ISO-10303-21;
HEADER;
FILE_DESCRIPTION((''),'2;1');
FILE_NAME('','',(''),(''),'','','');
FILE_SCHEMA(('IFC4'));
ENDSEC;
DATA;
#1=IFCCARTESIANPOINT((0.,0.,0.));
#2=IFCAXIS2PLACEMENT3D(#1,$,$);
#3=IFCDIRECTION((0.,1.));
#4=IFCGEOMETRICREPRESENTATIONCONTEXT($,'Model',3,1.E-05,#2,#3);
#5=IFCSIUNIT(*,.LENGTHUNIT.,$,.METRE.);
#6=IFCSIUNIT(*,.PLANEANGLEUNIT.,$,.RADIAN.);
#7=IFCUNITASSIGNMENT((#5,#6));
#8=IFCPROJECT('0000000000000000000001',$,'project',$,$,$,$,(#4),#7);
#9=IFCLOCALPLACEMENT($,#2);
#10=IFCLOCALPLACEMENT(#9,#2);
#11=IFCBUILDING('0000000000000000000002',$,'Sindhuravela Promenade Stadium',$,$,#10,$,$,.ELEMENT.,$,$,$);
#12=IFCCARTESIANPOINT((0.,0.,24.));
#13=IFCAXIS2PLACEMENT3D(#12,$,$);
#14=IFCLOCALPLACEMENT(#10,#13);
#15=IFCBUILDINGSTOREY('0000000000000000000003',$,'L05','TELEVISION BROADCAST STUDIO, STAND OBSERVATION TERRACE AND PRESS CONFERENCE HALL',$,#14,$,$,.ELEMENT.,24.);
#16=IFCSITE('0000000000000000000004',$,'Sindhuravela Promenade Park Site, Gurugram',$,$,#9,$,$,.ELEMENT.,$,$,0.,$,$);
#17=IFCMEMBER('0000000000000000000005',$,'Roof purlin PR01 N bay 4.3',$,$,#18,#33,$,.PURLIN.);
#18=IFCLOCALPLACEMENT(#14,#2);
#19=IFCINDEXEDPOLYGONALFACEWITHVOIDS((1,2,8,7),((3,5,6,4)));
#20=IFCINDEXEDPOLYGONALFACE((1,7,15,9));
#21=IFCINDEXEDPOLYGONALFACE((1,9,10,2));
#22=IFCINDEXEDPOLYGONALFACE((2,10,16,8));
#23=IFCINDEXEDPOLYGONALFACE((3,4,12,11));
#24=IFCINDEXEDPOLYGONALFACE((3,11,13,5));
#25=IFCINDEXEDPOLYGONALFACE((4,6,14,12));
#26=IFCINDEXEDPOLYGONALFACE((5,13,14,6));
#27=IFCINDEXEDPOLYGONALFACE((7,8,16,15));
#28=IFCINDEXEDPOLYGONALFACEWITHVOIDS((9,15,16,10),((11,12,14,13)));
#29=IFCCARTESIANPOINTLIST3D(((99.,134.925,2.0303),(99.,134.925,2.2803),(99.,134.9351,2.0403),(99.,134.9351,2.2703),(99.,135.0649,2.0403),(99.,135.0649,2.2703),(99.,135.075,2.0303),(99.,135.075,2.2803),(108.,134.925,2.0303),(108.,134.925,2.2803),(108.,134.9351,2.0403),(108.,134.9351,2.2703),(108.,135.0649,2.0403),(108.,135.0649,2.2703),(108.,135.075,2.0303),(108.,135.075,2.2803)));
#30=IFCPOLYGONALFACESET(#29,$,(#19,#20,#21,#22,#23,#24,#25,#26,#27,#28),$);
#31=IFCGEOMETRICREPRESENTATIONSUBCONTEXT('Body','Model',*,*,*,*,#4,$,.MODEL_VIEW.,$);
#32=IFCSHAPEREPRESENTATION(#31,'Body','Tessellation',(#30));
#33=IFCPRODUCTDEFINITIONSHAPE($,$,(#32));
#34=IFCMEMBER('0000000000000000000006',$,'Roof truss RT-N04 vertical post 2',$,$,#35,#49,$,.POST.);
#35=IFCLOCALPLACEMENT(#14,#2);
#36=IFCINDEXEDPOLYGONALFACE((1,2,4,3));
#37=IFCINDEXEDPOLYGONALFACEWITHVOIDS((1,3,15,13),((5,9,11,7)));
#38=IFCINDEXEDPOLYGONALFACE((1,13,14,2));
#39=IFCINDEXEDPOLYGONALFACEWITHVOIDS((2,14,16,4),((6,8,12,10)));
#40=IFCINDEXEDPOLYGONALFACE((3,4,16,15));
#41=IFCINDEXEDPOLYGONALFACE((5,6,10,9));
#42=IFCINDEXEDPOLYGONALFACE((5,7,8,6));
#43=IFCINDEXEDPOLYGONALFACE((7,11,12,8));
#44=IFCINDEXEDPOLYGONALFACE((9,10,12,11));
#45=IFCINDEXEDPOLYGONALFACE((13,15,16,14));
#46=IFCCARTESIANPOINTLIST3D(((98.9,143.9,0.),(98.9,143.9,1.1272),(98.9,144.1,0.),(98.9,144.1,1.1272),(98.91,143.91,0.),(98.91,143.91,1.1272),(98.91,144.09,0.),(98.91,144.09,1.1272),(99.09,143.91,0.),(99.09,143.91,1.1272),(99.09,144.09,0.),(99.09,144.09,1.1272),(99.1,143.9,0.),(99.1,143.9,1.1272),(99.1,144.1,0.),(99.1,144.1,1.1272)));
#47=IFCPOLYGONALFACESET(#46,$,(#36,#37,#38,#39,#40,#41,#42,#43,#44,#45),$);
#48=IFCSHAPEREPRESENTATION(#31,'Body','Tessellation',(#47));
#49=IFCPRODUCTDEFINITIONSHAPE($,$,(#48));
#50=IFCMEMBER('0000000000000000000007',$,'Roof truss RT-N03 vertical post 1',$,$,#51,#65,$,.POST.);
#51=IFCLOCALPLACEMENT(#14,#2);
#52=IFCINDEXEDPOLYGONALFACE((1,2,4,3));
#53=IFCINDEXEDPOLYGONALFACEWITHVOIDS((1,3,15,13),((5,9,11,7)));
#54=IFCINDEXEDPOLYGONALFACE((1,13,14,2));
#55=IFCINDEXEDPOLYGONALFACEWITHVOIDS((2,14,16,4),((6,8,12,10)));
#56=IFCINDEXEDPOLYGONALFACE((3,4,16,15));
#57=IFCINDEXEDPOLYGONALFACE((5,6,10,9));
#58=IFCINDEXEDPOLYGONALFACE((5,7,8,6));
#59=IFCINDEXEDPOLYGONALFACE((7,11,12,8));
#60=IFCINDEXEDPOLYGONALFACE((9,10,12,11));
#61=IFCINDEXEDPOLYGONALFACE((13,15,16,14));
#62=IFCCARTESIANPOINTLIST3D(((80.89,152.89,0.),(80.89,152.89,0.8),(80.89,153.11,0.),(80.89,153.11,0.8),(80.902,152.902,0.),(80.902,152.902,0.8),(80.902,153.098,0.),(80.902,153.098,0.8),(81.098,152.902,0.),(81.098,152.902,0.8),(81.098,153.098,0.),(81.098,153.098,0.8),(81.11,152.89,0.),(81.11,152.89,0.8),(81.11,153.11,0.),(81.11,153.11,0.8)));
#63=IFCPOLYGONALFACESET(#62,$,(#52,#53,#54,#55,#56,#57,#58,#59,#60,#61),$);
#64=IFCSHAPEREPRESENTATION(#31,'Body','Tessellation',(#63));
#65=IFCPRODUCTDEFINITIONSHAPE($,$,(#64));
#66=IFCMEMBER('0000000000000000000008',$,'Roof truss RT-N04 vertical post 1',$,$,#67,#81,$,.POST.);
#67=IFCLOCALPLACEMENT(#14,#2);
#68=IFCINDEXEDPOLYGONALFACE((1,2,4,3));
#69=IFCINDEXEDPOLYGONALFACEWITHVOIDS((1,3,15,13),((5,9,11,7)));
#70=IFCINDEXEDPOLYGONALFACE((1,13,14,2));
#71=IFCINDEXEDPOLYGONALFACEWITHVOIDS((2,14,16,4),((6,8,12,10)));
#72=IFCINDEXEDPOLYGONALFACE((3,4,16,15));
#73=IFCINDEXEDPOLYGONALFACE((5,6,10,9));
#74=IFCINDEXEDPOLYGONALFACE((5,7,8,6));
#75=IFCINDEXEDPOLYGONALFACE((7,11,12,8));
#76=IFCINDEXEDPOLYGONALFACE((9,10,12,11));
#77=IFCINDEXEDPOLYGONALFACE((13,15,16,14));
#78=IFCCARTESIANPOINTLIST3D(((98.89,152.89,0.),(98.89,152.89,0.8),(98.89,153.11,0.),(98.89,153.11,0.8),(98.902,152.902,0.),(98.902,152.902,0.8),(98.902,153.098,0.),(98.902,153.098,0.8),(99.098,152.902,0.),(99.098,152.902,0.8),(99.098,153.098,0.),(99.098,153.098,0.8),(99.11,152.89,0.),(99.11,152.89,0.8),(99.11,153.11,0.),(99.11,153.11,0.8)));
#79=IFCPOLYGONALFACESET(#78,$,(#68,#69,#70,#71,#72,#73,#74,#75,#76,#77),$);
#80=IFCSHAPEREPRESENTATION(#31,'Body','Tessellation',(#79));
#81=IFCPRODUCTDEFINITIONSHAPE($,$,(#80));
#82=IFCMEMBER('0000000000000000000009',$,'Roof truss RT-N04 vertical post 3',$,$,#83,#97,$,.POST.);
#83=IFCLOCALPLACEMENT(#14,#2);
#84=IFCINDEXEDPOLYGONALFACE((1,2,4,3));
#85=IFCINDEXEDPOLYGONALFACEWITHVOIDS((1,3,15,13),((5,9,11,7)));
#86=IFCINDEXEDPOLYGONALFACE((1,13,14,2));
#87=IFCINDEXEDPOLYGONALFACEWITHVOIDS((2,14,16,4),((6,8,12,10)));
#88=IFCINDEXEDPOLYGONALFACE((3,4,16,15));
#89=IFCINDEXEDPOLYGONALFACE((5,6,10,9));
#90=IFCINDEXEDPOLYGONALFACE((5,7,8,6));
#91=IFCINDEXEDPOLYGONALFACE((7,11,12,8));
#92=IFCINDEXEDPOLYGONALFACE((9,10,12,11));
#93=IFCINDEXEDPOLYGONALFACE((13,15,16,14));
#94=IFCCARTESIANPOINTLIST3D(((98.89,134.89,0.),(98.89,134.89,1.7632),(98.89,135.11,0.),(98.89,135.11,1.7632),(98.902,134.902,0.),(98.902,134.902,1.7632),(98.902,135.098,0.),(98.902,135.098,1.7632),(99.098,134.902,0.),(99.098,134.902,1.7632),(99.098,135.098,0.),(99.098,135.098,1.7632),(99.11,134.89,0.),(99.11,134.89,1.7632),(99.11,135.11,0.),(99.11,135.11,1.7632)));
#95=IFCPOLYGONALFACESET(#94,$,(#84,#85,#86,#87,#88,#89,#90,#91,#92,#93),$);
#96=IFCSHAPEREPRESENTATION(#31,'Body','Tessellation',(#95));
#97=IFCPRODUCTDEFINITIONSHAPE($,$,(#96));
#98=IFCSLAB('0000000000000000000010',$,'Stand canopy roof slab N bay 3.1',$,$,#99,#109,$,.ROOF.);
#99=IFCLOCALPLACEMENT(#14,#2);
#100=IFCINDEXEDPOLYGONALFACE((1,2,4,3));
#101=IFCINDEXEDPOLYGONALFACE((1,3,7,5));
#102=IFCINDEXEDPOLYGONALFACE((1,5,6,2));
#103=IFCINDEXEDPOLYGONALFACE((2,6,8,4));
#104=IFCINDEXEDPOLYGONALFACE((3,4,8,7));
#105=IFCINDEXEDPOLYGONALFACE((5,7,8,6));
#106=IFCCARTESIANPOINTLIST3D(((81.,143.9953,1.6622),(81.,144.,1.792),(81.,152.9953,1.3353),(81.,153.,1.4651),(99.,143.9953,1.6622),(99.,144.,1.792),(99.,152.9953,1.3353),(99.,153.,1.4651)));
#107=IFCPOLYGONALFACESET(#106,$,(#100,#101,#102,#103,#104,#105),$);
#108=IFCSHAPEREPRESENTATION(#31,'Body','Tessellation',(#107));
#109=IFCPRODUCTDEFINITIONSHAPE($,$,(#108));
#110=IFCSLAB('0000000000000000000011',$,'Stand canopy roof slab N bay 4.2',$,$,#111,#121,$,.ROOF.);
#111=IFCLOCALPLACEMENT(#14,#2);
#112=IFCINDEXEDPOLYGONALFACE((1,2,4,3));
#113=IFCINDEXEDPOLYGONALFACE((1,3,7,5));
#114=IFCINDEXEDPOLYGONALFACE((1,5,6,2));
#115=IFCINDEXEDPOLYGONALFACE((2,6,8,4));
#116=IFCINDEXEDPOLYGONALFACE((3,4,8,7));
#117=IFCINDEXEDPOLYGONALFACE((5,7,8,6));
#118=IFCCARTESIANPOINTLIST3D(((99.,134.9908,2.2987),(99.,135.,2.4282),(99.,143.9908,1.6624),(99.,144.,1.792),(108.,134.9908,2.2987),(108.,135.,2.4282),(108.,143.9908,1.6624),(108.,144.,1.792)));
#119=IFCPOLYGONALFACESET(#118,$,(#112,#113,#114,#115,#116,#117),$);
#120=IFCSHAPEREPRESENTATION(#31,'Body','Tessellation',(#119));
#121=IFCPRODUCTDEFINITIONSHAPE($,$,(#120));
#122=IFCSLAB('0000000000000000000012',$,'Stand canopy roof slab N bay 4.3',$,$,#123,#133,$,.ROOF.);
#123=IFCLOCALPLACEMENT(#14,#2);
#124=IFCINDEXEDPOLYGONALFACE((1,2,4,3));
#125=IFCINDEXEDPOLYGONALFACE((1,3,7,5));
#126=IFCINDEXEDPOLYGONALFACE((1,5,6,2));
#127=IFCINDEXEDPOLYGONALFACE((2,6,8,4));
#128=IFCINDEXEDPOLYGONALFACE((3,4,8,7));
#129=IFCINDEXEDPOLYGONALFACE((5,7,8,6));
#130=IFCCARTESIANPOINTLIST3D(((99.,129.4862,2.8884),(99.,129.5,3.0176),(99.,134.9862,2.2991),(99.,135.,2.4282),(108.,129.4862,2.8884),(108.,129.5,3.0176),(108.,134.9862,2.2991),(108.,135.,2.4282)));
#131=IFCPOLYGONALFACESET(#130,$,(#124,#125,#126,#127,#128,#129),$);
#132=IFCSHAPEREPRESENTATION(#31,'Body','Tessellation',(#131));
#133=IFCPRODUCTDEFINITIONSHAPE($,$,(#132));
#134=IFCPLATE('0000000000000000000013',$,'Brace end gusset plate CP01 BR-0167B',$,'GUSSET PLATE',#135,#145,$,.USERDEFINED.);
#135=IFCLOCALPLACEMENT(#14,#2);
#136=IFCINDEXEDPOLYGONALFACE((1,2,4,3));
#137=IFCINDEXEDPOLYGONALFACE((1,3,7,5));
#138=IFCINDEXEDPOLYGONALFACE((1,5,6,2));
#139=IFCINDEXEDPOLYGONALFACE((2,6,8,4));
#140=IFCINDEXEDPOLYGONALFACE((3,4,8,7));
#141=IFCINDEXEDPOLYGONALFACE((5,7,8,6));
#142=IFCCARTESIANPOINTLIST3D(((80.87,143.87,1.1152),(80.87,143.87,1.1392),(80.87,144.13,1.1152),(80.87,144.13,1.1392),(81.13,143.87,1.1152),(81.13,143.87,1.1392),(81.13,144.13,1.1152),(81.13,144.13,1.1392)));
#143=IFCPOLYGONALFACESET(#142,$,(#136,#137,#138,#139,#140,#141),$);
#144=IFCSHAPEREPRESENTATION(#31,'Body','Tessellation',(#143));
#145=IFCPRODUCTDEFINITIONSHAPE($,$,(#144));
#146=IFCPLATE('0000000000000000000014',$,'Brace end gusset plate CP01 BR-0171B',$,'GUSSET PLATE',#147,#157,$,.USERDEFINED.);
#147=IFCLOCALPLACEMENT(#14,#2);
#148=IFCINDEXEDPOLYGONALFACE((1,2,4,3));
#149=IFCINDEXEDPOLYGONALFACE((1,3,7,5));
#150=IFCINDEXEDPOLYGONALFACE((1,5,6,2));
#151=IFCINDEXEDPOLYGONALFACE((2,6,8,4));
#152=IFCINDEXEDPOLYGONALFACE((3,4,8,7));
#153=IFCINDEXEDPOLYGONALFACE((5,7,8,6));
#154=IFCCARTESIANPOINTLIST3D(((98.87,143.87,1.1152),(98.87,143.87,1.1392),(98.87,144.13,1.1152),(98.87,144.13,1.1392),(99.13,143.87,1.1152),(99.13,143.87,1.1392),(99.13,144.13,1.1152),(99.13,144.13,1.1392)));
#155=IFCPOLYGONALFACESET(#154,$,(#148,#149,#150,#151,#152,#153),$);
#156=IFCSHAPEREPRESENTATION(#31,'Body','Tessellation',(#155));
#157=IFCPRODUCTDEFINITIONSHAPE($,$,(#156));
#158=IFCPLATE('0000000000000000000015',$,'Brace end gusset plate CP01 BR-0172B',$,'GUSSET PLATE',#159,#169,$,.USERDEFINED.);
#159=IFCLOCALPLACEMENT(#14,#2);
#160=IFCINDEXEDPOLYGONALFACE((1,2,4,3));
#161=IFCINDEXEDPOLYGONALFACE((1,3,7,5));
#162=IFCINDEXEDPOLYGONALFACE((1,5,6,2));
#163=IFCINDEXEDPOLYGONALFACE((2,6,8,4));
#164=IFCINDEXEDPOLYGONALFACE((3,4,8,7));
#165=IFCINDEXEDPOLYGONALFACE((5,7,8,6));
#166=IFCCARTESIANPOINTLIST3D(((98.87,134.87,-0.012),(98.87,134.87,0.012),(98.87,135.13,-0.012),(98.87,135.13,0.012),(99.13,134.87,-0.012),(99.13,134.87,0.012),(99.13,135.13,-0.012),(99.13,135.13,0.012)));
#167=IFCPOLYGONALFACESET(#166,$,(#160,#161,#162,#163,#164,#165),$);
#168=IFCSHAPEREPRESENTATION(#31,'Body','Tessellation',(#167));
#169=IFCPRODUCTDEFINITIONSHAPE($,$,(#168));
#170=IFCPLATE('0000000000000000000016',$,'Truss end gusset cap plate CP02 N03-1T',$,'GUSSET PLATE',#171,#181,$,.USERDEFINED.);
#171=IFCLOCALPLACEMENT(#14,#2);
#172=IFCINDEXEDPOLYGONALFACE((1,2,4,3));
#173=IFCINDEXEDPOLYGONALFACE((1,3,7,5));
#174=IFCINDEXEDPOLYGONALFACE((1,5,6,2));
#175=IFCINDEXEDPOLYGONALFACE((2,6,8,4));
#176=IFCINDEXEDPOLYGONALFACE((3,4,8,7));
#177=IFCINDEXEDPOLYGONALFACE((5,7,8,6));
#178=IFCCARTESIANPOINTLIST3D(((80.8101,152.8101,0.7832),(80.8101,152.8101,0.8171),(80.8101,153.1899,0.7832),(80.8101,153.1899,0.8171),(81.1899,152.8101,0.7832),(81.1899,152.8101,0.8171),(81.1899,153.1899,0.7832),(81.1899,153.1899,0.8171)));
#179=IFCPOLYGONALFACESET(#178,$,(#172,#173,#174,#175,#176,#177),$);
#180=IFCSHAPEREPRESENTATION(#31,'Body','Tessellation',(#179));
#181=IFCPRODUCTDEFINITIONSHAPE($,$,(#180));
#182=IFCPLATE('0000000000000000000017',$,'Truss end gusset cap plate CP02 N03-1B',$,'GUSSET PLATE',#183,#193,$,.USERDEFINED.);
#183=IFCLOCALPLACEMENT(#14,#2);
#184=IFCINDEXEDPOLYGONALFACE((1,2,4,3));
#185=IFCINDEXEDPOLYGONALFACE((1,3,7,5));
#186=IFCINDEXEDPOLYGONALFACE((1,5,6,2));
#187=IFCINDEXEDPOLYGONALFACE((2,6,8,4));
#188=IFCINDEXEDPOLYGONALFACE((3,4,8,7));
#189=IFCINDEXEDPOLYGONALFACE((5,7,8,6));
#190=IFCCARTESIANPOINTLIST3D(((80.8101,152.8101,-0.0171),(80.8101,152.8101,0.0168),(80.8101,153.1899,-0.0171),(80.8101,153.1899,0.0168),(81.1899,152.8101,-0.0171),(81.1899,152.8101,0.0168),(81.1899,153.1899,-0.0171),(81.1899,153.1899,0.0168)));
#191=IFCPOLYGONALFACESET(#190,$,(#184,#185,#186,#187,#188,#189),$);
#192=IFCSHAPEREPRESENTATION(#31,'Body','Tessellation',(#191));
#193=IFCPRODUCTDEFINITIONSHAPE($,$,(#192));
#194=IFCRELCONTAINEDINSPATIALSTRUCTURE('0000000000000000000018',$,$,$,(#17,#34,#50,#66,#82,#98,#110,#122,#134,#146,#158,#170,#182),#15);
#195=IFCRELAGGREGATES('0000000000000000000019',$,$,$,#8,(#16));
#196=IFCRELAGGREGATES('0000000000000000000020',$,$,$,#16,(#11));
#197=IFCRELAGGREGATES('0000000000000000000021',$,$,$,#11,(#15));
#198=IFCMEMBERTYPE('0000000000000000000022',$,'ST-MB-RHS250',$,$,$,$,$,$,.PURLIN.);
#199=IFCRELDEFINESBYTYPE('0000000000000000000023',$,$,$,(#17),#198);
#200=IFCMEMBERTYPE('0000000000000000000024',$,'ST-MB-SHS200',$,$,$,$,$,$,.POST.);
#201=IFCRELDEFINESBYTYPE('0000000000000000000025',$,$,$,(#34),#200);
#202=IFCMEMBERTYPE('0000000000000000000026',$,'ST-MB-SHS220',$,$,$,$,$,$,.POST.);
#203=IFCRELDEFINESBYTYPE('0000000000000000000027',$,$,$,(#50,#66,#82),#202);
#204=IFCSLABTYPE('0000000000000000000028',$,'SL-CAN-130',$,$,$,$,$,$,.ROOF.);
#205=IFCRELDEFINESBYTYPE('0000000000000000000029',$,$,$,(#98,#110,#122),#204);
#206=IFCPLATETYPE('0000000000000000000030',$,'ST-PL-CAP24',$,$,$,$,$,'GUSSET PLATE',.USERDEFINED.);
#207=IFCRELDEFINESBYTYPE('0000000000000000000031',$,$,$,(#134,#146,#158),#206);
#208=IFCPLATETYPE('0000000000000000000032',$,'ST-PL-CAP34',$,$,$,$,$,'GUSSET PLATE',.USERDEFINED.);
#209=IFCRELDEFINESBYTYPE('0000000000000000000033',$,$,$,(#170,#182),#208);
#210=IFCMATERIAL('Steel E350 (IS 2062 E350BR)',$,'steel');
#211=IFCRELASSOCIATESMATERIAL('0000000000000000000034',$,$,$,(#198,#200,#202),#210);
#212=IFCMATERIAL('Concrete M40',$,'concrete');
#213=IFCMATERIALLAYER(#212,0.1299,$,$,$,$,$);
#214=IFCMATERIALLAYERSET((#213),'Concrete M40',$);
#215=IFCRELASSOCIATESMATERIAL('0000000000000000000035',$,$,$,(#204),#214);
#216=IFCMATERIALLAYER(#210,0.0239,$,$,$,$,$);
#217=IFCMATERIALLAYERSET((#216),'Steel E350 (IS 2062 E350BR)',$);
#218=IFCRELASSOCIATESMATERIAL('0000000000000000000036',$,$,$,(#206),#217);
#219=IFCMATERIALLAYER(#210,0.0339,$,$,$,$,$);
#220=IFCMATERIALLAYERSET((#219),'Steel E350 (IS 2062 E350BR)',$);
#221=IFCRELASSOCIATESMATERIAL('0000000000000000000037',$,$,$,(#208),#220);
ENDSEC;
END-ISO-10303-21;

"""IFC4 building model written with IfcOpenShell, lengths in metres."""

from ifc_helpers import new_model, si_unit, direction, frame, origin, origin_2d, place, context, subcontext, project, spatial, polyline, rectangle, hollow_rectangle, outline, extrude, material, layer, layer_set, material_profile, profile_set, type_object, element, save


model = new_model("IFC4")

# Units and contexts
model_context = context("Model", 3, precision=1e-05, world=origin(), true_north=direction((0.0, 1.0)))
body_context = subcontext(model_context, "Body", "Model", "MODEL_VIEW")
ifc_project = project(units=[si_unit("LENGTHUNIT", "METRE"), si_unit("PLANEANGLEUNIT", "RADIAN")], contexts=[model_context])

# Site, building, storey
site_placement = place(None, origin())
site = spatial("IfcSite", under=ifc_project, at=site_placement, Name="Sindhuravela Promenade Park Site, Gurugram", CompositionType="ELEMENT", RefElevation=0.0)
building_placement = place(site_placement, origin())
building = spatial("IfcBuilding", under=site, at=building_placement, Name="Sindhuravela Promenade Stadium", CompositionType="ELEMENT")
storey_placement = place(building_placement, frame((0.0, 0.0, 24.0)))
storey = spatial("IfcBuildingStorey", under=building, at=storey_placement, Name="L05", Description="TELEVISION BROADCAST STUDIO, STAND OBSERVATION TERRACE AND PRESS CONFERENCE HALL", CompositionType="ELEMENT", Elevation=24.0)

# Shared definitions
ifc_material_1 = material(Name="Steel E350 (IS 2062 E350BR)", Category="steel")

# Members
ifc_material_profile_1 = material_profile(ifc_material_1, hollow_rectangle(XDim=0.1499, YDim=0.25, WallThickness=0.01, at=origin_2d()), Name="RHS 250x150x10")
ifc_profile_set_1 = profile_set([ifc_material_profile_1], Name="Steel E350 (IS 2062 E350BR)")
member_type_1 = type_object("IfcMemberType", Name="ST-MB-RHS250", PredefinedType="PURLIN", material=ifc_profile_set_1)
for number, where, z_axis, x_axis, name in (
    (1, (99.0, 135.0, 2.1553), (1.0, 0.0, 0.0), (0.0, 1.0, 0.0), "Roof purlin PR01 N bay 4.3"),
):
    element("IfcMember", number, at=place(storey_placement, frame(where, z_axis=z_axis, x_axis=x_axis)), inside=storey, type_object=member_type_1, Name=name, PredefinedType="PURLIN", context=body_context, shape_type="SweptSolid", body=[
        extrude(hollow_rectangle(XDim=0.1499, YDim=0.25, WallThickness=0.01, at=origin_2d()), origin(), (0.0, 0.0, 1.0), 9.0),
    ])
ifc_material_profile_2 = material_profile(ifc_material_1, hollow_rectangle(XDim=0.2, YDim=0.2, WallThickness=0.01, at=origin_2d()), Name="SHS 200x200x10")
ifc_profile_set_2 = profile_set([ifc_material_profile_2], Name="Steel E350 (IS 2062 E350BR)")
member_type_2 = type_object("IfcMemberType", Name="ST-MB-SHS200", PredefinedType="POST", material=ifc_profile_set_2)
member_1_placement = place(storey_placement, frame((99.0, 144.0, 0.0), z_axis=(0.0, 0.0, 1.0), x_axis=(1.0, 0.0, 0.0)))
element("IfcMember", 2, at=member_1_placement, inside=storey, type_object=member_type_2, Name="Roof truss RT-N04 vertical post 2", PredefinedType="POST", context=body_context, shape_type="SweptSolid", body=[
    extrude(hollow_rectangle(XDim=0.2, YDim=0.2, WallThickness=0.01, at=origin_2d()), origin(), (0.0, 0.0, 1.0), 1.1272),
])
ifc_material_profile_3 = material_profile(ifc_material_1, hollow_rectangle(XDim=0.22, YDim=0.22, WallThickness=0.012, at=origin_2d()), Name="SHS 220x220x12")
ifc_profile_set_3 = profile_set([ifc_material_profile_3], Name="Steel E350 (IS 2062 E350BR)")
member_type_3 = type_object("IfcMemberType", Name="ST-MB-SHS220", PredefinedType="POST", material=ifc_profile_set_3)
for number, where, z_axis, x_axis, name in (
    (3, (81.0, 153.0, 0.0), (0.0, 0.0, 1.0), (1.0, 0.0, 0.0), "Roof truss RT-N03 vertical post 1"),
    (4, (99.0, 153.0, 0.0), (0.0, 0.0, 1.0), (1.0, 0.0, 0.0), "Roof truss RT-N04 vertical post 1"),
):
    element("IfcMember", number, at=place(storey_placement, frame(where, z_axis=z_axis, x_axis=x_axis)), inside=storey, type_object=member_type_3, Name=name, PredefinedType="POST", context=body_context, shape_type="SweptSolid", body=[
        extrude(hollow_rectangle(XDim=0.22, YDim=0.22, WallThickness=0.012, at=origin_2d()), origin(), (0.0, 0.0, 1.0), 0.8),
    ])
member_2_placement = place(storey_placement, frame((99.0, 135.0, 0.0), z_axis=(0.0, 0.0, 1.0), x_axis=(1.0, 0.0, 0.0)))
element("IfcMember", 5, at=member_2_placement, inside=storey, type_object=member_type_3, Name="Roof truss RT-N04 vertical post 3", PredefinedType="POST", context=body_context, shape_type="SweptSolid", body=[
    extrude(hollow_rectangle(XDim=0.22, YDim=0.22, WallThickness=0.012, at=origin_2d()), origin(), (0.0, 0.0, 1.0), 1.7632),
])

# Slabs
ifc_material_2 = material(Name="Concrete M40", Category="concrete")
ifc_layer_1 = layer(ifc_material_2, 0.1299)
ifc_layer_set_1 = layer_set([ifc_layer_1], Name="Concrete M40")
slab_type = type_object("IfcSlabType", Name="SL-CAN-130", PredefinedType="ROOF", material=ifc_layer_set_1)
slab_1_placement = place(storey_placement, frame((81.0, 153.0, 1.4651), z_axis=(0.0, 0.036299, 0.999341), x_axis=(1.0, 0.0, 0.0)))
element("IfcSlab", 6, at=slab_1_placement, inside=storey, type_object=slab_type, Name="Stand canopy roof slab N bay 3.1", PredefinedType="ROOF", context=body_context, shape_type="SweptSolid", body=[
    extrude(outline(polyline([(0.0, 0.0), (0.0, -9.0059), (18.0, -9.0059), (18.0, 0.0), (0.0, 0.0)])), origin(), (0.0, 0.0, -1.0), 0.1299),
])
slab_2_placement = place(storey_placement, frame((99.0, 144.0, 1.792), z_axis=(0.0, 0.070516, 0.997511), x_axis=(1.0, 0.0, 0.0)))
element("IfcSlab", 7, at=slab_2_placement, inside=storey, type_object=slab_type, Name="Stand canopy roof slab N bay 4.2", PredefinedType="ROOF", context=body_context, shape_type="SweptSolid", body=[
    extrude(outline(polyline([(0.0, 0.0), (0.0, -9.0225), (9.0, -9.0225), (9.0, 0.0), (0.0, 0.0)])), origin(), (0.0, 0.0, -1.0), 0.1299),
])
slab_3_placement = place(storey_placement, frame((99.0, 135.0, 2.4282), z_axis=(0.0, 0.106546, 0.994308), x_axis=(1.0, 0.0, 0.0)))
element("IfcSlab", 8, at=slab_3_placement, inside=storey, type_object=slab_type, Name="Stand canopy roof slab N bay 4.3", PredefinedType="ROOF", context=body_context, shape_type="SweptSolid", body=[
    extrude(outline(polyline([(0.0, 0.0), (0.0, -5.5315), (9.0, -5.5315), (9.0, 0.0), (0.0, 0.0)])), origin(), (0.0, 0.0, -1.0), 0.1299),
])

# Plates
ifc_layer_2 = layer(ifc_material_1, 0.0239)
ifc_layer_set_2 = layer_set([ifc_layer_2], Name="Steel E350 (IS 2062 E350BR)")
plate_type_1 = type_object("IfcPlateType", Name="ST-PL-CAP24", ElementType="GUSSET PLATE", PredefinedType="USERDEFINED", material=ifc_layer_set_2)
for number, where, z_axis, x_axis, name in (
    (9, (81.0, 144.0, 1.1152), (0.0, 0.0, 1.0), (1.0, 0.0, 0.0), "Brace end gusset plate CP01 BR-0167B"),
    (10, (99.0, 144.0, 1.1152), (0.0, 0.0, 1.0), (1.0, 0.0, 0.0), "Brace end gusset plate CP01 BR-0171B"),
    (11, (99.0, 135.0, -0.012), (0.0, 0.0, 1.0), (1.0, 0.0, 0.0), "Brace end gusset plate CP01 BR-0172B"),
):
    element("IfcPlate", number, at=place(storey_placement, frame(where, z_axis=z_axis, x_axis=x_axis)), inside=storey, type_object=plate_type_1, Name=name, ObjectType="GUSSET PLATE", PredefinedType="USERDEFINED", context=body_context, shape_type="SweptSolid", body=[
        extrude(rectangle(XDim=0.26, YDim=0.26, at=origin_2d()), origin(), (0.0, 0.0, 1.0), 0.0239),
    ])
ifc_layer_3 = layer(ifc_material_1, 0.0339)
ifc_layer_set_3 = layer_set([ifc_layer_3], Name="Steel E350 (IS 2062 E350BR)")
plate_type_2 = type_object("IfcPlateType", Name="ST-PL-CAP34", ElementType="GUSSET PLATE", PredefinedType="USERDEFINED", material=ifc_layer_set_3)
for number, where, z_axis, x_axis, name in (
    (12, (81.0, 153.0, 0.7832), (0.0, 0.0, 1.0), (1.0, 0.0, 0.0), "Truss end gusset cap plate CP02 N03-1T"),
    (13, (81.0, 153.0, -0.0171), (0.0, 0.0, 1.0), (1.0, 0.0, 0.0), "Truss end gusset cap plate CP02 N03-1B"),
):
    element("IfcPlate", number, at=place(storey_placement, frame(where, z_axis=z_axis, x_axis=x_axis)), inside=storey, type_object=plate_type_2, Name=name, ObjectType="GUSSET PLATE", PredefinedType="USERDEFINED", context=body_context, shape_type="SweptSolid", body=[
        extrude(rectangle(XDim=0.3799, YDim=0.3799, at=origin_2d()), origin(), (0.0, 0.0, 1.0), 0.0339),
    ])

save(model, "model.ifc")
